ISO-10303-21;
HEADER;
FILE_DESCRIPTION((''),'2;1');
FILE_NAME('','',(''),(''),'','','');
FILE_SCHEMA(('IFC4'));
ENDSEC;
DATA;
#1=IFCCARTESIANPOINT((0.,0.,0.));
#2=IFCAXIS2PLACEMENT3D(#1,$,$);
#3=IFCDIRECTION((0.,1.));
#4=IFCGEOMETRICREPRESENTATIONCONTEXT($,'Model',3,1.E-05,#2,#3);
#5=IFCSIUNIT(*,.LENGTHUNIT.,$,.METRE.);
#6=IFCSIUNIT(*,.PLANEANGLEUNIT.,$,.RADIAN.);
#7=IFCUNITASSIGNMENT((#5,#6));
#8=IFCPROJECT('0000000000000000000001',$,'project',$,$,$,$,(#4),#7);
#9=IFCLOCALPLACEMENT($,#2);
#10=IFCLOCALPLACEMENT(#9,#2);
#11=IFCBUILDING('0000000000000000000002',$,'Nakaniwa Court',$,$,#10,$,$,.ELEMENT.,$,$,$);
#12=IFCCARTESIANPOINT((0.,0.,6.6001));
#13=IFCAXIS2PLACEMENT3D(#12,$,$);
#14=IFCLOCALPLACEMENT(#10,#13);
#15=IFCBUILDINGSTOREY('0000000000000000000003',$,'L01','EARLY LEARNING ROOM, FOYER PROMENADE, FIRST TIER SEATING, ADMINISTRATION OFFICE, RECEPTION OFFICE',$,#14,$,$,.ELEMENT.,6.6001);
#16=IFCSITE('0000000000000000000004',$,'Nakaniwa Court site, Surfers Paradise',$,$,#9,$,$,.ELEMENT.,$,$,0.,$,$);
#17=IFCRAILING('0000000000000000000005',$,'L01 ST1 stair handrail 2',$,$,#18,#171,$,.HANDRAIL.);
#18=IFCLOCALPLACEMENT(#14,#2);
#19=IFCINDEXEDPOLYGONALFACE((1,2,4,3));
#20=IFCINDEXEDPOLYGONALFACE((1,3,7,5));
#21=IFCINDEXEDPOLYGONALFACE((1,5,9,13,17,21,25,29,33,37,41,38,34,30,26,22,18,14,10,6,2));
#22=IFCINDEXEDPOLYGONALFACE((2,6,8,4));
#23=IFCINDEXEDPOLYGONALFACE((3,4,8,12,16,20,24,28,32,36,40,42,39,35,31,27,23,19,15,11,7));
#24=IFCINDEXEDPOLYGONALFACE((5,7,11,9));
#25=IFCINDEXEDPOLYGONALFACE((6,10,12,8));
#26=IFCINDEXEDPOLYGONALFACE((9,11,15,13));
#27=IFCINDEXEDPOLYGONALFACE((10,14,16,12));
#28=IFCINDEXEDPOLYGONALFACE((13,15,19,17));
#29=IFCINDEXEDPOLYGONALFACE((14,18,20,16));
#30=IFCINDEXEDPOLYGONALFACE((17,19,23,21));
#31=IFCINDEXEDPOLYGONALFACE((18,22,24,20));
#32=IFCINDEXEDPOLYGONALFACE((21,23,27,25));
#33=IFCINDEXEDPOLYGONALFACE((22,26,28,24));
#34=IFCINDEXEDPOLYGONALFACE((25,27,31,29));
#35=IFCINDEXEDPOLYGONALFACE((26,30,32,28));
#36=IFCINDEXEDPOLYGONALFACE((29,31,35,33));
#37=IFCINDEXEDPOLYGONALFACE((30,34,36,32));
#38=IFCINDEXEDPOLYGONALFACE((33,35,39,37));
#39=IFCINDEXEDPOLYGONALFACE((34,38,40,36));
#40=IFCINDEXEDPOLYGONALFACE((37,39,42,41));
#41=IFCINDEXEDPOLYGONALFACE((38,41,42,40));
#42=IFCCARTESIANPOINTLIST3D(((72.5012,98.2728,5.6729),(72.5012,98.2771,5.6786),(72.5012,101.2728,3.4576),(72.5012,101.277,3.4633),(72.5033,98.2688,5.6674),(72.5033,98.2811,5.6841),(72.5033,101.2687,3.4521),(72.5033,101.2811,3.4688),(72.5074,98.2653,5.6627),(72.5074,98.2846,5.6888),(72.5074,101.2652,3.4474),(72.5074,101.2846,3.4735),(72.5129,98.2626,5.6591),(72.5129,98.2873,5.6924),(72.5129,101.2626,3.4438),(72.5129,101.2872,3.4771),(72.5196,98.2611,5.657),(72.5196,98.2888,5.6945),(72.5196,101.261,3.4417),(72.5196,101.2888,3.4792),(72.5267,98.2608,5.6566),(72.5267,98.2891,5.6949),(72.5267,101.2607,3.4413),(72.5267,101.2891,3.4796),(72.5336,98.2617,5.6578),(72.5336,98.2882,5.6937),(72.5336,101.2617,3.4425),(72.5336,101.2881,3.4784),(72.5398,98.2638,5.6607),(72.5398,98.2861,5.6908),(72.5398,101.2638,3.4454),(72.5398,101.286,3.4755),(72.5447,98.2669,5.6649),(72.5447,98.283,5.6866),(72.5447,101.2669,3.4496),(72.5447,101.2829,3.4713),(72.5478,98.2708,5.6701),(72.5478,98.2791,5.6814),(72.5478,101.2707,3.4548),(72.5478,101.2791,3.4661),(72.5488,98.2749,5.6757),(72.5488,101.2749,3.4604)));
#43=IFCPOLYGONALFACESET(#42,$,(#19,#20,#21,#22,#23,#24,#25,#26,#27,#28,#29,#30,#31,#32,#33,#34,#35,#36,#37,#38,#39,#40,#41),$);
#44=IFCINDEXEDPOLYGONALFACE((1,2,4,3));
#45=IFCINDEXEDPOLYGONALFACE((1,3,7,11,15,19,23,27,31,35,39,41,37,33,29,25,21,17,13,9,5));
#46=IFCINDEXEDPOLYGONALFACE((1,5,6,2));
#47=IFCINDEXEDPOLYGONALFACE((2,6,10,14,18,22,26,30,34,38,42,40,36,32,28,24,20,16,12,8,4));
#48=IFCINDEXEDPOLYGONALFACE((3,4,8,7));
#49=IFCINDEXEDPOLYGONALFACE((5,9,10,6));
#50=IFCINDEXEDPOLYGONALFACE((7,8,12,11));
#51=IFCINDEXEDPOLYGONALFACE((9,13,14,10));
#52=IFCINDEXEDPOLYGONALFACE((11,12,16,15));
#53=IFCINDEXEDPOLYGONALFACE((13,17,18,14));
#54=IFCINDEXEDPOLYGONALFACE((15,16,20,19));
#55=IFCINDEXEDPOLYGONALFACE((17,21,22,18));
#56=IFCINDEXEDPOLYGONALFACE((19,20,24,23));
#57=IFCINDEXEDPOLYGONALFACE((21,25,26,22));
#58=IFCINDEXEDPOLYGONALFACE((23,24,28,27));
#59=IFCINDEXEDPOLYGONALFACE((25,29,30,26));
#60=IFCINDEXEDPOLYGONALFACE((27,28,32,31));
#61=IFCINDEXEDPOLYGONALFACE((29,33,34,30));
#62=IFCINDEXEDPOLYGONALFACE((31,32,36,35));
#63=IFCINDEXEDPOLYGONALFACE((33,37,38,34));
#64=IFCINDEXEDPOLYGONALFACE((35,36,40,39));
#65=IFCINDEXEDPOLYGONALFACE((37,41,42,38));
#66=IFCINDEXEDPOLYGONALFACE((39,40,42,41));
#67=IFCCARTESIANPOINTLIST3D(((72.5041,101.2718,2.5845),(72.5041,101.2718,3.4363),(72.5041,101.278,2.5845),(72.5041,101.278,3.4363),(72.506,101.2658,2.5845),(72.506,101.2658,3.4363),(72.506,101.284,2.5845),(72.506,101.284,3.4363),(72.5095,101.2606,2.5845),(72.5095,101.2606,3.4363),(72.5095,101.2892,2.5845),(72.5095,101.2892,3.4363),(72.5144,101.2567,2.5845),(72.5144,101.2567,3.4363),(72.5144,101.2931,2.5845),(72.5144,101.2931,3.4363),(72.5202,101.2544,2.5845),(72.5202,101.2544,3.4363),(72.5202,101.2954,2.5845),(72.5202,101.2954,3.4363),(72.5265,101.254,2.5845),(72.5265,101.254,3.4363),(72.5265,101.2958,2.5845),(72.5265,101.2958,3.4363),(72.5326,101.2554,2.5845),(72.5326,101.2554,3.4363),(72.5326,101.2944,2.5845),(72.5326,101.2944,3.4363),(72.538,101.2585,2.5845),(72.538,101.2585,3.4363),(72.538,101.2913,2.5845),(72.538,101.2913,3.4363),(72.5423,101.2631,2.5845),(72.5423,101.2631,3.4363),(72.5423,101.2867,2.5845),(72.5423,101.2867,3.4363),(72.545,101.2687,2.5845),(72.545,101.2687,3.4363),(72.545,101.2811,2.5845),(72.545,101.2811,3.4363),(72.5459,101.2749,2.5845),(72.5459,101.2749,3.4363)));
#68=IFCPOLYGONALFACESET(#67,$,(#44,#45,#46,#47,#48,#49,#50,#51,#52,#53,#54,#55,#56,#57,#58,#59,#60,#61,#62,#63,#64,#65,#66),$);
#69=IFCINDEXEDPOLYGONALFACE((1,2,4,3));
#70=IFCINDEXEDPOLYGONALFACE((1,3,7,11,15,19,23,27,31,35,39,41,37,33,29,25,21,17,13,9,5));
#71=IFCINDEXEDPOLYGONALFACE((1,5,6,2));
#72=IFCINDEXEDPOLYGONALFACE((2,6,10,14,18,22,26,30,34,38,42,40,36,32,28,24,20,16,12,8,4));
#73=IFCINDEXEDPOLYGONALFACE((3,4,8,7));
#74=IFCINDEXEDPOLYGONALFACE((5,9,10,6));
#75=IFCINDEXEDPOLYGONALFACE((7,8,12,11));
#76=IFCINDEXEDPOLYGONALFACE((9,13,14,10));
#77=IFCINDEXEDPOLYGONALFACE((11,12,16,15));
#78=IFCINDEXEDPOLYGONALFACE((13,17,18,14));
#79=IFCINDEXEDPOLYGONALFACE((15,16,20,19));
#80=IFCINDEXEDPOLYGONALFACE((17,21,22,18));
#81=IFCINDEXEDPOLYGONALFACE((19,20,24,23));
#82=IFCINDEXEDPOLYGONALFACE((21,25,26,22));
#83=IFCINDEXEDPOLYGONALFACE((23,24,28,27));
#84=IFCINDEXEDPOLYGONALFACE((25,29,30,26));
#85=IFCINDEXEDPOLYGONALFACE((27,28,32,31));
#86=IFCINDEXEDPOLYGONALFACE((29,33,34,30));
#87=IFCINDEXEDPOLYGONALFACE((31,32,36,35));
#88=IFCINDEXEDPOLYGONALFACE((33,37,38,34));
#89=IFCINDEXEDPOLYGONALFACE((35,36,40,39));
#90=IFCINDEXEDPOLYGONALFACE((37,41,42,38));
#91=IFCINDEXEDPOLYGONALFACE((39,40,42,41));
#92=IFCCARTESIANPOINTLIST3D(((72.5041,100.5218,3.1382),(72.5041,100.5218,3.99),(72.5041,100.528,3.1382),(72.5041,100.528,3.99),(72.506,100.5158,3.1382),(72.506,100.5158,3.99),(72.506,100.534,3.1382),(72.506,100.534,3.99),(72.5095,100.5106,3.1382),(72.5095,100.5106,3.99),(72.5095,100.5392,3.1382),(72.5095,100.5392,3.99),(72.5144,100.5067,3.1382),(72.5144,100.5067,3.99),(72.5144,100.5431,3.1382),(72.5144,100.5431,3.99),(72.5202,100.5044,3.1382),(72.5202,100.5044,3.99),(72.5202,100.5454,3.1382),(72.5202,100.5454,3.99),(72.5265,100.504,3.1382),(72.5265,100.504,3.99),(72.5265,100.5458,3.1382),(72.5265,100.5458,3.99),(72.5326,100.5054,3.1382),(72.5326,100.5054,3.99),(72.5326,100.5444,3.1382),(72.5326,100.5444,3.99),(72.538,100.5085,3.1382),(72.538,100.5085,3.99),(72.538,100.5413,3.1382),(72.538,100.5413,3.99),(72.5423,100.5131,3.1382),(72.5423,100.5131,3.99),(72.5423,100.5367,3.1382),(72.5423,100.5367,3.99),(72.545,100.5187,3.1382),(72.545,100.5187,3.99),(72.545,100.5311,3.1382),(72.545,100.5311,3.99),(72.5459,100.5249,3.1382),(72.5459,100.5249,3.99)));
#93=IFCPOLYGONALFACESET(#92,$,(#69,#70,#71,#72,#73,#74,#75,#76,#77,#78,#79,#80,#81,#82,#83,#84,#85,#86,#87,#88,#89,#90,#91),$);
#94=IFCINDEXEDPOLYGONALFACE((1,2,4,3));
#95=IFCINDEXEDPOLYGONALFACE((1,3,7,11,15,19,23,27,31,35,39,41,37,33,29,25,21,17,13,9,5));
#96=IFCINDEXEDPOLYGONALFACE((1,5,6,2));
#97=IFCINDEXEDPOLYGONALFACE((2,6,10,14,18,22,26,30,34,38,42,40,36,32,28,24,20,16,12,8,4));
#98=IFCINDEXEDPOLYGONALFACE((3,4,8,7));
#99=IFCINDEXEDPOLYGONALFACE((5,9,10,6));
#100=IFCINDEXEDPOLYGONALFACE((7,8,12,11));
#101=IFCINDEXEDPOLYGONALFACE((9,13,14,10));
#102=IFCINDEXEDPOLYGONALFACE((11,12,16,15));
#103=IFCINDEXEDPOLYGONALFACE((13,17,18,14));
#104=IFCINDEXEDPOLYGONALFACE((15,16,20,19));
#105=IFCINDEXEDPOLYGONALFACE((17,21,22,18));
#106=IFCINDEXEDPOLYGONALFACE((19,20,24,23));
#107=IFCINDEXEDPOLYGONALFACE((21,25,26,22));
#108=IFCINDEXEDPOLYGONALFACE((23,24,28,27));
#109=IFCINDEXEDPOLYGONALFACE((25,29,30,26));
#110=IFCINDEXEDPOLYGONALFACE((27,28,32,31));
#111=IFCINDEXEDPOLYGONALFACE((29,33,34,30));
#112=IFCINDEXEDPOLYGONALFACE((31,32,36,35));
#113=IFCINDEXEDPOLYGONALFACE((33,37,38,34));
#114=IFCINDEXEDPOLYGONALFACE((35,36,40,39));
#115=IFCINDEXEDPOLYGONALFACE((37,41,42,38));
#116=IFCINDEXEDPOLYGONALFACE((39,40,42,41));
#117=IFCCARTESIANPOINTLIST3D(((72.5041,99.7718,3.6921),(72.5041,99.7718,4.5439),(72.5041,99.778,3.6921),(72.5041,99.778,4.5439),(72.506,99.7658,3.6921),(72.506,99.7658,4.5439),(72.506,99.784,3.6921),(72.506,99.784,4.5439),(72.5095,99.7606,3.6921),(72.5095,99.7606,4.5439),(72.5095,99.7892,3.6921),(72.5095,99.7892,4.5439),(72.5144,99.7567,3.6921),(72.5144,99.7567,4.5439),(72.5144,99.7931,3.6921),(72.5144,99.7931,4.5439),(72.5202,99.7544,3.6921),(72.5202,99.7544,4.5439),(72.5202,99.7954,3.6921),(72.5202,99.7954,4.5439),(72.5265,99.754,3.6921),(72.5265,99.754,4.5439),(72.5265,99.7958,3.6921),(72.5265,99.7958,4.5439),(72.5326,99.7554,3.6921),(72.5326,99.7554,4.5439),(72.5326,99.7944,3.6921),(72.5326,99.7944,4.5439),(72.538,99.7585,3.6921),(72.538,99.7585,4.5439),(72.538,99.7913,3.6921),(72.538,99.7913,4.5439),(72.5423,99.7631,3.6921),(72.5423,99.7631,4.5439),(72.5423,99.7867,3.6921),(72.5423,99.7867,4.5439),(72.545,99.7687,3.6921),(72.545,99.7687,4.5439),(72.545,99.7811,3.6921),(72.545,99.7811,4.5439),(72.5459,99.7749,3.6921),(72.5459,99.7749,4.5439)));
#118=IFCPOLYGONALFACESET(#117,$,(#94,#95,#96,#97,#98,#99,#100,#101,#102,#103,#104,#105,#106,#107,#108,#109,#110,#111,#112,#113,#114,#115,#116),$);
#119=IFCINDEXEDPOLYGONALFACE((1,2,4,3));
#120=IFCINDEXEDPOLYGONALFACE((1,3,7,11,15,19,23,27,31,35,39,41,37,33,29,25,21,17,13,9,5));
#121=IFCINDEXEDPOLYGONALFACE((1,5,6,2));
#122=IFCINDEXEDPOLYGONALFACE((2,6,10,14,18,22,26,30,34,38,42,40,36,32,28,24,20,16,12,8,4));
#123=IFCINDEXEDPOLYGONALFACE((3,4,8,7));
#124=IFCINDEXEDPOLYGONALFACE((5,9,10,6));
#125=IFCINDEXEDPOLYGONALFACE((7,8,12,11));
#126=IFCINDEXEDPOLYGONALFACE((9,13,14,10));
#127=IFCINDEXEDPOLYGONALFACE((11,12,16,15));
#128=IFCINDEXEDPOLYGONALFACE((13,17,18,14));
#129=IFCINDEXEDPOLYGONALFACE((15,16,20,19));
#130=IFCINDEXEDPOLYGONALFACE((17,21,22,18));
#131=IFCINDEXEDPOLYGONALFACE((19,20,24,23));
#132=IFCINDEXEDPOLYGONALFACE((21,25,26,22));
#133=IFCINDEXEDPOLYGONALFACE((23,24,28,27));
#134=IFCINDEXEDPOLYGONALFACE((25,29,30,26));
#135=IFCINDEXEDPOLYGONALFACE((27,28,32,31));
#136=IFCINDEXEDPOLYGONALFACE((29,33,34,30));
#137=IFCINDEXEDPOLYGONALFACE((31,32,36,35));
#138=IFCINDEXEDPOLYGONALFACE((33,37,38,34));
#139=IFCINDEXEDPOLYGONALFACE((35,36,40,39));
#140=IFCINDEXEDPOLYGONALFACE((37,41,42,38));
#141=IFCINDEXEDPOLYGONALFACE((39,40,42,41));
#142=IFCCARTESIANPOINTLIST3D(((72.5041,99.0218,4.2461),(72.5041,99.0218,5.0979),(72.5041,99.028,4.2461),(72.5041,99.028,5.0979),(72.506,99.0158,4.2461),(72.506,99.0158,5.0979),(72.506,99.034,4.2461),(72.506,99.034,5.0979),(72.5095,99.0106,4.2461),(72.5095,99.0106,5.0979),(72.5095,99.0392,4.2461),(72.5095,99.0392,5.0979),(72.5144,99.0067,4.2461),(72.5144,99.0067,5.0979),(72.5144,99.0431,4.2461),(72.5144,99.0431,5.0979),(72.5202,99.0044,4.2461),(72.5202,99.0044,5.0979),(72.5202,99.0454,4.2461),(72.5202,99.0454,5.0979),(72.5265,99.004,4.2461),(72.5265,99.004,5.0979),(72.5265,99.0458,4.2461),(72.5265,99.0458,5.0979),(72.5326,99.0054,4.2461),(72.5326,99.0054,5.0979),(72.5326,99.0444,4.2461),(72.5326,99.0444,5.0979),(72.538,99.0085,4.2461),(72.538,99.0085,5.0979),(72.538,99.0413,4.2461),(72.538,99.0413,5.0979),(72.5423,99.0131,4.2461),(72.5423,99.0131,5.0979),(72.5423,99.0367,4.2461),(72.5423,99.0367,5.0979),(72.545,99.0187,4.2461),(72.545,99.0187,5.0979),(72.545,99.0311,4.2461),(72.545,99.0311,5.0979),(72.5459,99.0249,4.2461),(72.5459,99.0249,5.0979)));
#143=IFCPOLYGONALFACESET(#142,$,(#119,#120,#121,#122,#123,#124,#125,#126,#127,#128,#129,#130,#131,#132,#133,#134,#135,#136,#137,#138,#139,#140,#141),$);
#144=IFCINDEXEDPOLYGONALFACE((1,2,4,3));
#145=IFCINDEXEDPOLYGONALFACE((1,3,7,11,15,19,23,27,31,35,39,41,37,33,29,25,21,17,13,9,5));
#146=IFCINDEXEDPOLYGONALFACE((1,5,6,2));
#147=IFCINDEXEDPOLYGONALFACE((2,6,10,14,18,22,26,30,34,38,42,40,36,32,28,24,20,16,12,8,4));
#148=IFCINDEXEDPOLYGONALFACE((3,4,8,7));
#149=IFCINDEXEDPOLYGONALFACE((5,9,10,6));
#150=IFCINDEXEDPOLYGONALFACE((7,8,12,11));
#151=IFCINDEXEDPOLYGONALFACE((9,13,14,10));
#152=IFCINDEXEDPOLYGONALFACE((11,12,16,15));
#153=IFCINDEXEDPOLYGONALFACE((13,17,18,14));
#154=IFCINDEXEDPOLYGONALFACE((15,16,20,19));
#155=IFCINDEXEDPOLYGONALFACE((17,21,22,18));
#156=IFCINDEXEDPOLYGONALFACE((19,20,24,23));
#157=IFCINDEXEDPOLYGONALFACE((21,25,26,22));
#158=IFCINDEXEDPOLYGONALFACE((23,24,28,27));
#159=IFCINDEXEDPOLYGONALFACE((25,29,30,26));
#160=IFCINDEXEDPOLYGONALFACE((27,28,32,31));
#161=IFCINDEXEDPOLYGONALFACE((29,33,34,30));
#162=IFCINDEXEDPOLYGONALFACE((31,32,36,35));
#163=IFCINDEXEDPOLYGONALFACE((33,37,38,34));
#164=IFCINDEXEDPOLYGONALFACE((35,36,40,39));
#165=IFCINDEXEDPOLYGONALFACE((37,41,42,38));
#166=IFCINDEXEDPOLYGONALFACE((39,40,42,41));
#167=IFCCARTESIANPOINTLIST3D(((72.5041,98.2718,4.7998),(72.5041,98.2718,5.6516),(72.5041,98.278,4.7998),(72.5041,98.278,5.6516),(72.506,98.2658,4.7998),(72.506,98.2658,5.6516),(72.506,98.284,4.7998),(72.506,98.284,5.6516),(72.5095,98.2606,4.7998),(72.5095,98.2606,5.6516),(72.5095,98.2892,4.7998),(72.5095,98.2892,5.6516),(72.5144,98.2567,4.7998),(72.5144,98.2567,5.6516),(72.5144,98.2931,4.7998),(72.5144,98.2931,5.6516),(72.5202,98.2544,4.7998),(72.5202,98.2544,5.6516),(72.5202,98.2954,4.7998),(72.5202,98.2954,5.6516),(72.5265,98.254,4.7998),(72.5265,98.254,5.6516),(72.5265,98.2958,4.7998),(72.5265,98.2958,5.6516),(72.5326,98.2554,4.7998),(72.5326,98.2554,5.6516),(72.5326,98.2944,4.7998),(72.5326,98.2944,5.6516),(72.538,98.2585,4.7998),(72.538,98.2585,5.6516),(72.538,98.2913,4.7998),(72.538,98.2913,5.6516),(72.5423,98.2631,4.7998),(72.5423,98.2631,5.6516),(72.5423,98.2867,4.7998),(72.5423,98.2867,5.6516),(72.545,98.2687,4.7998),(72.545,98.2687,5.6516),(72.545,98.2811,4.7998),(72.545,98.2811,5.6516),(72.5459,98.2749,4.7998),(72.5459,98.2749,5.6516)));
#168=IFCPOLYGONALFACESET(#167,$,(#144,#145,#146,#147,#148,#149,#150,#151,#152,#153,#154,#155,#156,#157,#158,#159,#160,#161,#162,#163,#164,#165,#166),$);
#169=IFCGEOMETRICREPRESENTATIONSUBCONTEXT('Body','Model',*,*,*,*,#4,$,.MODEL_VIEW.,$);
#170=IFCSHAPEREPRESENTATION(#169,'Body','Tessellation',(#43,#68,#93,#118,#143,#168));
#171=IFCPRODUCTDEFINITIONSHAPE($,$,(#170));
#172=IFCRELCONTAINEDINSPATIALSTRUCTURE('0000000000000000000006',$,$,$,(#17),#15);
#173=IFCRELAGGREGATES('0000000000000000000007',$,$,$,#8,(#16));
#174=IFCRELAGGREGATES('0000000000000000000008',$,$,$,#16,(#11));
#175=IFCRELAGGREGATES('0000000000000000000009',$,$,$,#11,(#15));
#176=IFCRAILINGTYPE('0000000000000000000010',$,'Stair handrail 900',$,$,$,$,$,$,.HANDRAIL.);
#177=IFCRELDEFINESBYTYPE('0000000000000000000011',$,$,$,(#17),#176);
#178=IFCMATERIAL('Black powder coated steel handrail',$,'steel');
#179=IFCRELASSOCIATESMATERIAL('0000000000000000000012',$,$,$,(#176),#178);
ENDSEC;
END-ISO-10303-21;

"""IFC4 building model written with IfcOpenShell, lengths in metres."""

from ifc_helpers import new_model, si_unit, direction, frame, origin, origin_2d, place, context, subcontext, project, spatial, circle, extrude, material, type_object, element, save


model = new_model("IFC4")

# Units and contexts
model_context = context("Model", 3, precision=1e-05, world=origin(), true_north=direction((0.0, 1.0)))
body_context = subcontext(model_context, "Body", "Model", "MODEL_VIEW")
ifc_project = project(units=[si_unit("LENGTHUNIT", "METRE"), si_unit("PLANEANGLEUNIT", "RADIAN")], contexts=[model_context])

# Site, building, storey
site_placement = place(None, origin())
site = spatial("IfcSite", under=ifc_project, at=site_placement, Name="Nakaniwa Court site, Surfers Paradise", CompositionType="ELEMENT", RefElevation=0.0)
building_placement = place(site_placement, origin())
building = spatial("IfcBuilding", under=site, at=building_placement, Name="Nakaniwa Court", CompositionType="ELEMENT")
storey_placement = place(building_placement, frame((0.0, 0.0, 6.6001)))
storey = spatial("IfcBuildingStorey", under=building, at=storey_placement, Name="L01", Description="EARLY LEARNING ROOM, FOYER PROMENADE, FIRST TIER SEATING, ADMINISTRATION OFFICE, RECEPTION OFFICE", CompositionType="ELEMENT", Elevation=6.6001)

# Railing
ifc_material_1 = material(Name="Black powder coated steel handrail", Category="steel")
railing_type_1 = type_object("IfcRailingType", Name="Stair handrail 900", PredefinedType="HANDRAIL", material=ifc_material_1)
for number, where, name in (
    (1, (72.5249, 101.2749, 2.5845), "L01 ST1 stair handrail 2"),
):
    element("IfcRailing", number, at=place(storey_placement, frame(where)), inside=storey, type_object=railing_type_1, Name=name, PredefinedType="HANDRAIL", context=body_context, shape_type="SweptSolid", body=[
        extrude(circle(Radius=0.0239, at=origin_2d()), frame((0.0, 0.0, 0.876), z_axis=(0.0, -0.80444, 0.594034), x_axis=(1.0, 0.0, 0.0)), (0.0, 0.0, 1.0), 3.7292),
        extrude(circle(Radius=0.021, at=origin_2d()), origin(), (0.0, 0.0, 1.0), 0.8518),
        extrude(circle(Radius=0.021, at=origin_2d()), frame((0.0, -0.75, 0.5537)), (0.0, 0.0, 1.0), 0.8518),
        extrude(circle(Radius=0.021, at=origin_2d()), frame((0.0, -1.5, 1.1077)), (0.0, 0.0, 1.0), 0.8518),
        extrude(circle(Radius=0.021, at=origin_2d()), frame((0.0, -2.25, 1.6616)), (0.0, 0.0, 1.0), 0.8518),
        extrude(circle(Radius=0.021, at=origin_2d()), frame((0.0, -3.0, 2.2153)), (0.0, 0.0, 1.0), 0.8518),
    ])

save(model, "model.ifc")
